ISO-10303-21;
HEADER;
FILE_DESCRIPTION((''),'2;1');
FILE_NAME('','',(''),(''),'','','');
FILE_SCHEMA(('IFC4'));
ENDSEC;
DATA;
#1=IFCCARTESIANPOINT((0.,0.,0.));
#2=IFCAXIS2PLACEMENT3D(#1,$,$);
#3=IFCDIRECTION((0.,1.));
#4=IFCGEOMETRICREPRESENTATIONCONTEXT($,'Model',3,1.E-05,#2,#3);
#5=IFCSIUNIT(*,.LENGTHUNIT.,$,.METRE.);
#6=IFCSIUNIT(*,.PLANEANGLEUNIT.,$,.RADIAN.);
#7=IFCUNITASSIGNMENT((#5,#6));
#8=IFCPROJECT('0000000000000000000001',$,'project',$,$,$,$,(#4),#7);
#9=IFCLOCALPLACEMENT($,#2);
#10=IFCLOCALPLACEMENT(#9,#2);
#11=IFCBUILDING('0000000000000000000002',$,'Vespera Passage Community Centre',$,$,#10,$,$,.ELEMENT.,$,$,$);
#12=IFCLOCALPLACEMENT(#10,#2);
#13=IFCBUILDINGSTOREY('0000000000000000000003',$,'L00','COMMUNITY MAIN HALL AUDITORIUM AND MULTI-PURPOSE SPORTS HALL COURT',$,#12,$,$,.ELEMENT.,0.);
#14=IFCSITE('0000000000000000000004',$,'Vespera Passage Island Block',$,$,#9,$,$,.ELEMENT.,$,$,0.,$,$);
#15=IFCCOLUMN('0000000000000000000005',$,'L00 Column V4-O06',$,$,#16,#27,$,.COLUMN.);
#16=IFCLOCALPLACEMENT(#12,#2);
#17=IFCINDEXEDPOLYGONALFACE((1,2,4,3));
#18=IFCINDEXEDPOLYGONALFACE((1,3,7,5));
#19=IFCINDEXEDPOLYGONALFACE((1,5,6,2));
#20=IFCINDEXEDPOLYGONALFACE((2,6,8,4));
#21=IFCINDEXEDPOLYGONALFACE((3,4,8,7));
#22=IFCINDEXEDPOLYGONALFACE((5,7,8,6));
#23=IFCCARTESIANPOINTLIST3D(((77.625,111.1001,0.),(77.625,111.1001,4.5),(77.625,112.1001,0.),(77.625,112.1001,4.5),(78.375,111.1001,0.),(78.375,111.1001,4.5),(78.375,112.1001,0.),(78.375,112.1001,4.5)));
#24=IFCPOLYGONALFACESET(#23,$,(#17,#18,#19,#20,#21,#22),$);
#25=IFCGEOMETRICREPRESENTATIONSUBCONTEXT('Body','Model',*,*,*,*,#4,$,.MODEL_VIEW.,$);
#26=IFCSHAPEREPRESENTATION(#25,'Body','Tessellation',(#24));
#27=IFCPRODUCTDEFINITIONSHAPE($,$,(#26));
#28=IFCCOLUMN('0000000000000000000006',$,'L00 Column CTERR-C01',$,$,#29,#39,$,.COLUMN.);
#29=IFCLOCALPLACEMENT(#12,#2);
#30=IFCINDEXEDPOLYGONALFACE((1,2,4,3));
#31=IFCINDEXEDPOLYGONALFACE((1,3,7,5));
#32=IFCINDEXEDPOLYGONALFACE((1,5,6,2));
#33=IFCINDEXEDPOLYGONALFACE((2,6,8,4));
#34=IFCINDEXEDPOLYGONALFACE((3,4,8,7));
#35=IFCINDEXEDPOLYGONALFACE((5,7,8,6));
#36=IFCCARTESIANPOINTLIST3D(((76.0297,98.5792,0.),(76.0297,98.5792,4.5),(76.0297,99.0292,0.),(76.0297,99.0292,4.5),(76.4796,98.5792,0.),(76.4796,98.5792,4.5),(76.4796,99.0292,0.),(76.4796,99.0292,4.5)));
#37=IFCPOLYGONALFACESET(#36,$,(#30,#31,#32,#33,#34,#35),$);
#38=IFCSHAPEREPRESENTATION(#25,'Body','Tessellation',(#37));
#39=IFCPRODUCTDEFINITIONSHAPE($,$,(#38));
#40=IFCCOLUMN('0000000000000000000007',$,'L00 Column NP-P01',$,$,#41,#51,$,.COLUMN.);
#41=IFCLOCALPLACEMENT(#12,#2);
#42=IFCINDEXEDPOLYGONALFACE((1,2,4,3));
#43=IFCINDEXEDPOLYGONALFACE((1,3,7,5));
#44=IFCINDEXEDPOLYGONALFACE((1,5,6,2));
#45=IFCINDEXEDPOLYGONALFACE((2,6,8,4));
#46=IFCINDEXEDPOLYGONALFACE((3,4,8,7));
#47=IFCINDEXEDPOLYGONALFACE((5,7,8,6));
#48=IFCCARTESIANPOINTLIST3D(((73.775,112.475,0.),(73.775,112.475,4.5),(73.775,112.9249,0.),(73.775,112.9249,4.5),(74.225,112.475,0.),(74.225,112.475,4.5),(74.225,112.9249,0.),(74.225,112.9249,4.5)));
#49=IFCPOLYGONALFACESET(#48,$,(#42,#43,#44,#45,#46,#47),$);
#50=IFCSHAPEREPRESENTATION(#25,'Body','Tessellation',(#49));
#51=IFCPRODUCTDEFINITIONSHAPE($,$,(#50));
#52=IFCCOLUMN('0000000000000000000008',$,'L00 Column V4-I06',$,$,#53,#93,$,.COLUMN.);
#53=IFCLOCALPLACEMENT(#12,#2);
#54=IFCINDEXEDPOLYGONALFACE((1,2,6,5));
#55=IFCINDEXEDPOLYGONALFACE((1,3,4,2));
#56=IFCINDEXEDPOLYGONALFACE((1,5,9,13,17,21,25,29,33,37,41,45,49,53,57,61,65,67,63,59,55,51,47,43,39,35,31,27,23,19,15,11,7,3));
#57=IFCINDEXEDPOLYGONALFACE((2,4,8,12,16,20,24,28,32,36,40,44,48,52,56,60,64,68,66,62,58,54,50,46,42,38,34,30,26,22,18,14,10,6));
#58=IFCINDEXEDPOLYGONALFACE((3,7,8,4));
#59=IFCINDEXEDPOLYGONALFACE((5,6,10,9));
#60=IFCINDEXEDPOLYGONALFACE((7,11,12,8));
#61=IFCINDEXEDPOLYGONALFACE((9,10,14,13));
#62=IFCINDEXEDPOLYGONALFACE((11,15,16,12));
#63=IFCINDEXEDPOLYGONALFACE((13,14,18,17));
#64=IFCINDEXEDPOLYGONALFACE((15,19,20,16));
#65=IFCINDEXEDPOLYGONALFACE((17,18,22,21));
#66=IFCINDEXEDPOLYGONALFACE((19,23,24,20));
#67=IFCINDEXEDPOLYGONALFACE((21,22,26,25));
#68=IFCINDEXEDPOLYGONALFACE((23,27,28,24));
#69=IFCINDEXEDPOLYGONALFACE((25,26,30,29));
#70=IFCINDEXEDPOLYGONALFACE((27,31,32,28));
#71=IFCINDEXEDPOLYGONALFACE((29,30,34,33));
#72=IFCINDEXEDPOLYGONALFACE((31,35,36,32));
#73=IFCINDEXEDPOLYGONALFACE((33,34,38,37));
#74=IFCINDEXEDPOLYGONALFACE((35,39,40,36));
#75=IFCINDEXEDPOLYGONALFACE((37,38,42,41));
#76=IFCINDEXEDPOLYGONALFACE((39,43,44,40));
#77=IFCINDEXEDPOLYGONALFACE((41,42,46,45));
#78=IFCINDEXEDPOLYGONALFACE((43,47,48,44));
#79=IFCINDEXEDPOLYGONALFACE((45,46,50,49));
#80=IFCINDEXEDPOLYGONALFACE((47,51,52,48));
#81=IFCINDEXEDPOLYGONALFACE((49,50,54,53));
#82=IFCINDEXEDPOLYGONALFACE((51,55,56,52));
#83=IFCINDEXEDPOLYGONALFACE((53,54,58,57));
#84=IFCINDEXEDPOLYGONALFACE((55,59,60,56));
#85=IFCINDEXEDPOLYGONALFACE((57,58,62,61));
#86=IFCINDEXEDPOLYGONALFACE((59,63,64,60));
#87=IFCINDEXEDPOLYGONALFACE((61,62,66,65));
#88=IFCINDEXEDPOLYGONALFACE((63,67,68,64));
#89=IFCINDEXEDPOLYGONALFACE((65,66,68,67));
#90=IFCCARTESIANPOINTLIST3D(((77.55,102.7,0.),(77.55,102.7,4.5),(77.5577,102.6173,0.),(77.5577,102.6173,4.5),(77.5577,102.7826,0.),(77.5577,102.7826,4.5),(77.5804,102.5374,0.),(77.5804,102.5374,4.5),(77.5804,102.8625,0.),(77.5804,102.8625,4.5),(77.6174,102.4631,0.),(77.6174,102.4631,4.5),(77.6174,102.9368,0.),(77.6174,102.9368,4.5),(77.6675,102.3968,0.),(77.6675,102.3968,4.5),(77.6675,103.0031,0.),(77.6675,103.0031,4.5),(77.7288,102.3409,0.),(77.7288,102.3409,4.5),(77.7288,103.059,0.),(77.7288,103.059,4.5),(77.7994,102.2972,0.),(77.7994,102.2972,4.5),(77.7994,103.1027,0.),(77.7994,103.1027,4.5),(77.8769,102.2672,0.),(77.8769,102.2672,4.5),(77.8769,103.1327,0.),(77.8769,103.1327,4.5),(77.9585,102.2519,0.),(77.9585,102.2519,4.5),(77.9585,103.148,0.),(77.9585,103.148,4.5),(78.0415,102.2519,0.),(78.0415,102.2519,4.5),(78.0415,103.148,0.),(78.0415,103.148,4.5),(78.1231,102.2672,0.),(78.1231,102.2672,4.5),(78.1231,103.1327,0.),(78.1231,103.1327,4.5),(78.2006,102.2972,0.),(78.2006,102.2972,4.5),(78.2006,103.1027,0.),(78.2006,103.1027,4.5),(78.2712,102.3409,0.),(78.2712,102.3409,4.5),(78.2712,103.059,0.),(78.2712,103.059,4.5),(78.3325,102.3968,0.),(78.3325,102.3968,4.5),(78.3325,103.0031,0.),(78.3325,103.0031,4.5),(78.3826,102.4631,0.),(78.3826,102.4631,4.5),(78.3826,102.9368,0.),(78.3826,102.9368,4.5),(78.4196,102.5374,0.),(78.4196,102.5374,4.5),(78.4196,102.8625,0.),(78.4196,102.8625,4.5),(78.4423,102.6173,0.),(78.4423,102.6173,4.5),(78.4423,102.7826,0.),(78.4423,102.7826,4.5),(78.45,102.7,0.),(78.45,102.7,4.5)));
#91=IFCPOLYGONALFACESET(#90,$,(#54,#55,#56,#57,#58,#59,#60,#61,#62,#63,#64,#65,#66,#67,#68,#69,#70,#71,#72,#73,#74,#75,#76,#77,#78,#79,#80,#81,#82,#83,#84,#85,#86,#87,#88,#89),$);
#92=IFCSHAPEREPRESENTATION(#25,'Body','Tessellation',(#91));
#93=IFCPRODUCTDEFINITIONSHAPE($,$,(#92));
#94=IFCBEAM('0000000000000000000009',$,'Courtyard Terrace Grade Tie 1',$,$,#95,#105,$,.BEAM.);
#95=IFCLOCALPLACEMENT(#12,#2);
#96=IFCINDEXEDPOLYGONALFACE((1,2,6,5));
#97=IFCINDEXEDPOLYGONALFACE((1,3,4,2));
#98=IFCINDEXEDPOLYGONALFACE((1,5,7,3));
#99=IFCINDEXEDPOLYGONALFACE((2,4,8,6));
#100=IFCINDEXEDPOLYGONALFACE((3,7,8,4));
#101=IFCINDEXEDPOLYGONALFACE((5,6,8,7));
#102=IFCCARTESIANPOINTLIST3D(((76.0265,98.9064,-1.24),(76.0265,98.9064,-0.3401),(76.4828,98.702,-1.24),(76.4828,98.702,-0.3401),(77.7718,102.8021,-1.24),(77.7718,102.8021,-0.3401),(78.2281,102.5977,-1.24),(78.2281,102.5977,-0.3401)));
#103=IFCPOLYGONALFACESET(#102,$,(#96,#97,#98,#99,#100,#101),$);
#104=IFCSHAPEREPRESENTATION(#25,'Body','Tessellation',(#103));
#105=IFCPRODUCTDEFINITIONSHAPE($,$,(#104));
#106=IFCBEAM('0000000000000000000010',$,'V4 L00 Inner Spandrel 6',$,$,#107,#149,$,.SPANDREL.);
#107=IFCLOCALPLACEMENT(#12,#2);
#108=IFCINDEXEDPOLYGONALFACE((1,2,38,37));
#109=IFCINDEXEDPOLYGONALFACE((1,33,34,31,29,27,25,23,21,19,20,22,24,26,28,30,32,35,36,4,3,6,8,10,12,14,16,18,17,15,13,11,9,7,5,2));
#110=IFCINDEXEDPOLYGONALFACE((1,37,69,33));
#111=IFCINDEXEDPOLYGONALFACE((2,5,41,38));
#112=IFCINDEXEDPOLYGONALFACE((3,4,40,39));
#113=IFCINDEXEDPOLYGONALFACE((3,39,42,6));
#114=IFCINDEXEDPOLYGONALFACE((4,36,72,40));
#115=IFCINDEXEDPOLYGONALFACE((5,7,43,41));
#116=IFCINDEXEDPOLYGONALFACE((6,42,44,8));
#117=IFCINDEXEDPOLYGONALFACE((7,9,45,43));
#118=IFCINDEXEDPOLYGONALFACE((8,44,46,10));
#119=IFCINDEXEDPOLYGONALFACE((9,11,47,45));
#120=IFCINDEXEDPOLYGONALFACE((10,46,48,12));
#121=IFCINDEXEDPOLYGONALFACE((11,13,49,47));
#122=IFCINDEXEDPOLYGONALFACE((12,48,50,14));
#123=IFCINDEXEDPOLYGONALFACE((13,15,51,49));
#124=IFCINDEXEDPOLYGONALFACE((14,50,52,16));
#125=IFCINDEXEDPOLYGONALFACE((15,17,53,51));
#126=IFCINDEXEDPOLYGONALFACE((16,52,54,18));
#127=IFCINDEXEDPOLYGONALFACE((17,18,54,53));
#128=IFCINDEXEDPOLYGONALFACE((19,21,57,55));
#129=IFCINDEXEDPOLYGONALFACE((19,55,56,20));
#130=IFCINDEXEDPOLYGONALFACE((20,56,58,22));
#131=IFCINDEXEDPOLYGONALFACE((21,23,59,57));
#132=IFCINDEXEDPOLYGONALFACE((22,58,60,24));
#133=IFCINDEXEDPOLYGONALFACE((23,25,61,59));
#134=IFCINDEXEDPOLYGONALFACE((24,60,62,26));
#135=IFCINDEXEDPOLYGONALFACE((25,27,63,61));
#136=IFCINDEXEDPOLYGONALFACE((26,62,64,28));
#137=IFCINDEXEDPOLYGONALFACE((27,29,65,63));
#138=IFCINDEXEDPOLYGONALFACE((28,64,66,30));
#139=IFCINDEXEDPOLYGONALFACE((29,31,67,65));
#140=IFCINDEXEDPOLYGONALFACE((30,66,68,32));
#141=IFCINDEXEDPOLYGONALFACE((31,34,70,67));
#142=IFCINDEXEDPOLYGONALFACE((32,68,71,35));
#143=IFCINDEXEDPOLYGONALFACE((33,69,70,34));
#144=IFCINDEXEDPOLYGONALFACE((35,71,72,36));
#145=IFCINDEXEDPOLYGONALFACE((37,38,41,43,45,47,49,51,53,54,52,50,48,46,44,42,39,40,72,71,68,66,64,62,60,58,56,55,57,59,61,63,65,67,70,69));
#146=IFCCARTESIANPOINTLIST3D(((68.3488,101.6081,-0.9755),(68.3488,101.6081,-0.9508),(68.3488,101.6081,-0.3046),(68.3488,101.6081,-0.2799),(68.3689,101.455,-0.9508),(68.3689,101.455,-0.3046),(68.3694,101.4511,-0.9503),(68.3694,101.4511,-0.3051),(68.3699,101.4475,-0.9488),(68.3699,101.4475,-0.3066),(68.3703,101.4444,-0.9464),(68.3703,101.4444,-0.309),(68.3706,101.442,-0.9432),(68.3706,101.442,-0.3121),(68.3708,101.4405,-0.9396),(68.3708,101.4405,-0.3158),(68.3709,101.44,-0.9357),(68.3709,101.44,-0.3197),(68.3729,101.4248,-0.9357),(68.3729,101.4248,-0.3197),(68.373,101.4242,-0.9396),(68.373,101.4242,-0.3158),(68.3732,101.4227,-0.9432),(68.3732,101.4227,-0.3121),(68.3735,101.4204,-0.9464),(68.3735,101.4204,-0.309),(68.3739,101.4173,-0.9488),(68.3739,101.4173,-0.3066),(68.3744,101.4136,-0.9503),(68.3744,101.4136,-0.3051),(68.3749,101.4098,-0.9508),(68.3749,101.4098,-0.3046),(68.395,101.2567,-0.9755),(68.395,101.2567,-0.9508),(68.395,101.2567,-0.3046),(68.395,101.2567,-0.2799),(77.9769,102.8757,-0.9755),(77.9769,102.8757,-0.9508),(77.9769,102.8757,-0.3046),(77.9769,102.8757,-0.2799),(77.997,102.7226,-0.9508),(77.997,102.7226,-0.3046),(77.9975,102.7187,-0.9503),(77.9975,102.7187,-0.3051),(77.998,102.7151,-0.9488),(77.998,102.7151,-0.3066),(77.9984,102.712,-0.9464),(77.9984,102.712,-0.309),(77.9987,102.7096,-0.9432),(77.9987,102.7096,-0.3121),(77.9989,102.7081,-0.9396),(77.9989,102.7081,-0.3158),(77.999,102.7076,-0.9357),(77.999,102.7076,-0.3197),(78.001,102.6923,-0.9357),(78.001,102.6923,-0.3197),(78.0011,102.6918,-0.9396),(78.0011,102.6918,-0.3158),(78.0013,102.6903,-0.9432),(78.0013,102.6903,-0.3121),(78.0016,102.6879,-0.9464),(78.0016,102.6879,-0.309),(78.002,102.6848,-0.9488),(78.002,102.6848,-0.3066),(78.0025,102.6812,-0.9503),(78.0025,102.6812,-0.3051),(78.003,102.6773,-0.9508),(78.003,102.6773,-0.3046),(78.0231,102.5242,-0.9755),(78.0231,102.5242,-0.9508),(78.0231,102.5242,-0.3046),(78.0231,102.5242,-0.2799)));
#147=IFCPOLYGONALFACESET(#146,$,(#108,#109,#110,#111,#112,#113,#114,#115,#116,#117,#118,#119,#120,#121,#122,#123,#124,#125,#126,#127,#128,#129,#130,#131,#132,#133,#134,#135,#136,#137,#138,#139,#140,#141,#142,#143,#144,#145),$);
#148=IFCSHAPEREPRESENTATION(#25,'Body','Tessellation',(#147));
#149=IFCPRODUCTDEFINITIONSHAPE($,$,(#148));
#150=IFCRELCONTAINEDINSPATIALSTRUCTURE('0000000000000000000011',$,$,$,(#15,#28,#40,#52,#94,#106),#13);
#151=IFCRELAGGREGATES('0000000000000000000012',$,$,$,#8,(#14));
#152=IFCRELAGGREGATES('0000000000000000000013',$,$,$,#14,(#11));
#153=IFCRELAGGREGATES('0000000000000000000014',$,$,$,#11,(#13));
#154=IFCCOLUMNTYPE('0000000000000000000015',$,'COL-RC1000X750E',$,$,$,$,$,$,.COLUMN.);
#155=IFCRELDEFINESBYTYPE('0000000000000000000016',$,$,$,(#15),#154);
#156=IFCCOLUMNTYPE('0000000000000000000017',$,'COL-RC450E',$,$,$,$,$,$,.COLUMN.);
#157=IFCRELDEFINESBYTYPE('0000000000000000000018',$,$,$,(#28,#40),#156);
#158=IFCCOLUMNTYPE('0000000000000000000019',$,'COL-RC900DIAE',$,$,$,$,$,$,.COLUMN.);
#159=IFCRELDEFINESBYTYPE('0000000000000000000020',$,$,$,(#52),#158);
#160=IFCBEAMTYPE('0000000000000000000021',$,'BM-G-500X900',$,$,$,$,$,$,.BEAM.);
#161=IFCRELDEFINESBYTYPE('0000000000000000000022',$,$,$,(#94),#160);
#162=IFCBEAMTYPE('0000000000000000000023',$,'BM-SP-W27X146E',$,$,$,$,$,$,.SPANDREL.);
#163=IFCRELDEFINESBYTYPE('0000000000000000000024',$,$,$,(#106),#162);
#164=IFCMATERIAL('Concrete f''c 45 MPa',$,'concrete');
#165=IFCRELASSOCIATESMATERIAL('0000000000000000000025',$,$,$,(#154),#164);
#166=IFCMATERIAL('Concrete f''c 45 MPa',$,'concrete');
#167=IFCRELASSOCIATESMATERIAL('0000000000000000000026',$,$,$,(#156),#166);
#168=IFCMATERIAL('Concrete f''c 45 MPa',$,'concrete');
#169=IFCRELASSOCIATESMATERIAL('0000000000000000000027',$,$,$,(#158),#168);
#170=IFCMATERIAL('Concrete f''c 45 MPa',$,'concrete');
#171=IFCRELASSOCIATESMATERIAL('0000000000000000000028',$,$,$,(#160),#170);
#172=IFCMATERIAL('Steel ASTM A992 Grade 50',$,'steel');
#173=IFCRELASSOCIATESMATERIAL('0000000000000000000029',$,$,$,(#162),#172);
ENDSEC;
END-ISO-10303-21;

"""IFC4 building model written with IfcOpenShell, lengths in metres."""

from ifc_helpers import new_model, si_unit, direction, frame, origin, origin_2d, place, context, subcontext, project, spatial, rectangle, circle, i_section, extrude, material, material_profile, profile_set, type_object, element, save


model = new_model("IFC4")

# Units and contexts
model_context = context("Model", 3, precision=1e-05, world=origin(), true_north=direction((0.0, 1.0)))
body_context = subcontext(model_context, "Body", "Model", "MODEL_VIEW")
ifc_project = project(units=[si_unit("LENGTHUNIT", "METRE"), si_unit("PLANEANGLEUNIT", "RADIAN")], contexts=[model_context])

# Site, building, storey
site_placement = place(None, origin())
site = spatial("IfcSite", under=ifc_project, at=site_placement, Name="Vespera Passage Island Block", CompositionType="ELEMENT", RefElevation=0.0)
building_placement = place(site_placement, origin())
building = spatial("IfcBuilding", under=site, at=building_placement, Name="Vespera Passage Community Centre", CompositionType="ELEMENT")
storey_placement = place(building_placement, origin())
storey = spatial("IfcBuildingStorey", under=building, at=storey_placement, Name="L00", Description="COMMUNITY MAIN HALL AUDITORIUM AND MULTI-PURPOSE SPORTS HALL COURT", CompositionType="ELEMENT", Elevation=0.0)

# Columns
ifc_material_1 = material(Name="Concrete f'c 45 MPa", Category="concrete")
ifc_material_profile_1 = material_profile(ifc_material_1, rectangle(XDim=0.75, YDim=1.0, at=origin_2d()), Name="RC1000X750")
ifc_profile_set_1 = profile_set([ifc_material_profile_1], Name="Concrete f'c 45 MPa")
column_type_1 = type_object("IfcColumnType", Name="COL-RC1000X750E", PredefinedType="COLUMN", material=ifc_profile_set_1)
column_1_placement = place(storey_placement, frame((78.0, 111.6001, 0.0), z_axis=(0.0, 0.0, 1.0), x_axis=(1.0, 0.0, 0.0)))
element("IfcColumn", 1, at=column_1_placement, inside=storey, type_object=column_type_1, Name="L00 Column V4-O06", PredefinedType="COLUMN", context=body_context, shape_type="SweptSolid", body=[
    extrude(rectangle(XDim=0.75, YDim=1.0, at=origin_2d()), origin(), (0.0, 0.0, 1.0), 4.5),
])
ifc_material_2 = material(Name="Concrete f'c 45 MPa", Category="concrete")
ifc_material_profile_2 = material_profile(ifc_material_2, rectangle(XDim=0.45, YDim=0.45, at=origin_2d()), Name="RC450X450")
ifc_profile_set_2 = profile_set([ifc_material_profile_2], Name="Concrete f'c 45 MPa")
column_type_2 = type_object("IfcColumnType", Name="COL-RC450E", PredefinedType="COLUMN", material=ifc_profile_set_2)
for number, where, z_axis, x_axis, name in (
    (2, (76.2546, 98.8042, 0.0), (0.0, 0.0, 1.0), (1.0, 0.0, 0.0), "L00 Column CTERR-C01"),
    (3, (74.0, 112.7, 0.0), (0.0, 0.0, 1.0), (1.0, 0.0, 0.0), "L00 Column NP-P01"),
):
    element("IfcColumn", number, at=place(storey_placement, frame(where, z_axis=z_axis, x_axis=x_axis)), inside=storey, type_object=column_type_2, Name=name, PredefinedType="COLUMN", context=body_context, shape_type="SweptSolid", body=[
        extrude(rectangle(XDim=0.45, YDim=0.45, at=origin_2d()), origin(), (0.0, 0.0, 1.0), 4.5),
    ])
ifc_material_3 = material(Name="Concrete f'c 45 MPa", Category="concrete")
ifc_material_profile_3 = material_profile(ifc_material_3, circle(Radius=0.45, at=origin_2d()), Name="RC900DIA")
ifc_profile_set_3 = profile_set([ifc_material_profile_3], Name="Concrete f'c 45 MPa")
column_type_3 = type_object("IfcColumnType", Name="COL-RC900DIAE", PredefinedType="COLUMN", material=ifc_profile_set_3)
column_2_placement = place(storey_placement, frame((78.0, 102.7, 0.0), z_axis=(0.0, 0.0, 1.0), x_axis=(1.0, 0.0, 0.0)))
element("IfcColumn", 4, at=column_2_placement, inside=storey, type_object=column_type_3, Name="L00 Column V4-I06", PredefinedType="COLUMN", context=body_context, shape_type="SweptSolid", body=[
    extrude(circle(Radius=0.45, at=origin_2d()), origin(), (0.0, 0.0, 1.0), 4.5),
])

# Beams
ifc_material_4 = material(Name="Concrete f'c 45 MPa", Category="concrete")
ifc_material_profile_4 = material_profile(ifc_material_4, rectangle(XDim=0.5, YDim=0.8999, at=origin_2d()), Name="RC500X900")
ifc_profile_set_4 = profile_set([ifc_material_profile_4], Name="Concrete f'c 45 MPa")
beam_type_1 = type_object("IfcBeamType", Name="BM-G-500X900", PredefinedType="BEAM", material=ifc_profile_set_4)
beam_1_placement = place(storey_placement, frame((76.2546, 98.8042, -0.79), z_axis=(0.408859, 0.912598, 0.0), x_axis=(-0.912598, 0.408859, 0.0)))
element("IfcBeam", 5, at=beam_1_placement, inside=storey, type_object=beam_type_1, Name="Courtyard Terrace Grade Tie 1", PredefinedType="BEAM", context=body_context, shape_type="SweptSolid", body=[
    extrude(rectangle(XDim=0.5, YDim=0.8999, at=origin_2d()), origin(), (0.0, 0.0, 1.0), 4.2688),
])
ifc_material_5 = material(Name="Steel ASTM A992 Grade 50", Category="steel")
ifc_material_profile_5 = material_profile(ifc_material_5, i_section(OverallWidth=0.3545, OverallDepth=0.6956, WebThickness=0.0154, FlangeThickness=0.0247, FilletRadius=0.0151, at=origin_2d()), Name="W27X146")
ifc_profile_set_5 = profile_set([ifc_material_profile_5], Name="Steel ASTM A992 Grade 50")
beam_type_2 = type_object("IfcBeamType", Name="BM-SP-W27X146E", PredefinedType="SPANDREL", material=ifc_profile_set_5)
beam_2_placement = place(storey_placement, frame((78.0, 102.7, -0.6277), z_axis=(-0.991445, -0.130527, 0.0), x_axis=(0.130527, -0.991445, 0.0)))
element("IfcBeam", 6, at=beam_2_placement, inside=storey, type_object=beam_type_2, Name="V4 L00 Inner Spandrel 6", PredefinedType="SPANDREL", context=body_context, shape_type="SweptSolid", body=[
    extrude(i_section(OverallWidth=0.3545, OverallDepth=0.6956, WebThickness=0.0154, FlangeThickness=0.0247, FilletRadius=0.0151, at=origin_2d()), origin(), (0.0, 0.0, 1.0), 9.7112),
])

save(model, "model.ifc")
